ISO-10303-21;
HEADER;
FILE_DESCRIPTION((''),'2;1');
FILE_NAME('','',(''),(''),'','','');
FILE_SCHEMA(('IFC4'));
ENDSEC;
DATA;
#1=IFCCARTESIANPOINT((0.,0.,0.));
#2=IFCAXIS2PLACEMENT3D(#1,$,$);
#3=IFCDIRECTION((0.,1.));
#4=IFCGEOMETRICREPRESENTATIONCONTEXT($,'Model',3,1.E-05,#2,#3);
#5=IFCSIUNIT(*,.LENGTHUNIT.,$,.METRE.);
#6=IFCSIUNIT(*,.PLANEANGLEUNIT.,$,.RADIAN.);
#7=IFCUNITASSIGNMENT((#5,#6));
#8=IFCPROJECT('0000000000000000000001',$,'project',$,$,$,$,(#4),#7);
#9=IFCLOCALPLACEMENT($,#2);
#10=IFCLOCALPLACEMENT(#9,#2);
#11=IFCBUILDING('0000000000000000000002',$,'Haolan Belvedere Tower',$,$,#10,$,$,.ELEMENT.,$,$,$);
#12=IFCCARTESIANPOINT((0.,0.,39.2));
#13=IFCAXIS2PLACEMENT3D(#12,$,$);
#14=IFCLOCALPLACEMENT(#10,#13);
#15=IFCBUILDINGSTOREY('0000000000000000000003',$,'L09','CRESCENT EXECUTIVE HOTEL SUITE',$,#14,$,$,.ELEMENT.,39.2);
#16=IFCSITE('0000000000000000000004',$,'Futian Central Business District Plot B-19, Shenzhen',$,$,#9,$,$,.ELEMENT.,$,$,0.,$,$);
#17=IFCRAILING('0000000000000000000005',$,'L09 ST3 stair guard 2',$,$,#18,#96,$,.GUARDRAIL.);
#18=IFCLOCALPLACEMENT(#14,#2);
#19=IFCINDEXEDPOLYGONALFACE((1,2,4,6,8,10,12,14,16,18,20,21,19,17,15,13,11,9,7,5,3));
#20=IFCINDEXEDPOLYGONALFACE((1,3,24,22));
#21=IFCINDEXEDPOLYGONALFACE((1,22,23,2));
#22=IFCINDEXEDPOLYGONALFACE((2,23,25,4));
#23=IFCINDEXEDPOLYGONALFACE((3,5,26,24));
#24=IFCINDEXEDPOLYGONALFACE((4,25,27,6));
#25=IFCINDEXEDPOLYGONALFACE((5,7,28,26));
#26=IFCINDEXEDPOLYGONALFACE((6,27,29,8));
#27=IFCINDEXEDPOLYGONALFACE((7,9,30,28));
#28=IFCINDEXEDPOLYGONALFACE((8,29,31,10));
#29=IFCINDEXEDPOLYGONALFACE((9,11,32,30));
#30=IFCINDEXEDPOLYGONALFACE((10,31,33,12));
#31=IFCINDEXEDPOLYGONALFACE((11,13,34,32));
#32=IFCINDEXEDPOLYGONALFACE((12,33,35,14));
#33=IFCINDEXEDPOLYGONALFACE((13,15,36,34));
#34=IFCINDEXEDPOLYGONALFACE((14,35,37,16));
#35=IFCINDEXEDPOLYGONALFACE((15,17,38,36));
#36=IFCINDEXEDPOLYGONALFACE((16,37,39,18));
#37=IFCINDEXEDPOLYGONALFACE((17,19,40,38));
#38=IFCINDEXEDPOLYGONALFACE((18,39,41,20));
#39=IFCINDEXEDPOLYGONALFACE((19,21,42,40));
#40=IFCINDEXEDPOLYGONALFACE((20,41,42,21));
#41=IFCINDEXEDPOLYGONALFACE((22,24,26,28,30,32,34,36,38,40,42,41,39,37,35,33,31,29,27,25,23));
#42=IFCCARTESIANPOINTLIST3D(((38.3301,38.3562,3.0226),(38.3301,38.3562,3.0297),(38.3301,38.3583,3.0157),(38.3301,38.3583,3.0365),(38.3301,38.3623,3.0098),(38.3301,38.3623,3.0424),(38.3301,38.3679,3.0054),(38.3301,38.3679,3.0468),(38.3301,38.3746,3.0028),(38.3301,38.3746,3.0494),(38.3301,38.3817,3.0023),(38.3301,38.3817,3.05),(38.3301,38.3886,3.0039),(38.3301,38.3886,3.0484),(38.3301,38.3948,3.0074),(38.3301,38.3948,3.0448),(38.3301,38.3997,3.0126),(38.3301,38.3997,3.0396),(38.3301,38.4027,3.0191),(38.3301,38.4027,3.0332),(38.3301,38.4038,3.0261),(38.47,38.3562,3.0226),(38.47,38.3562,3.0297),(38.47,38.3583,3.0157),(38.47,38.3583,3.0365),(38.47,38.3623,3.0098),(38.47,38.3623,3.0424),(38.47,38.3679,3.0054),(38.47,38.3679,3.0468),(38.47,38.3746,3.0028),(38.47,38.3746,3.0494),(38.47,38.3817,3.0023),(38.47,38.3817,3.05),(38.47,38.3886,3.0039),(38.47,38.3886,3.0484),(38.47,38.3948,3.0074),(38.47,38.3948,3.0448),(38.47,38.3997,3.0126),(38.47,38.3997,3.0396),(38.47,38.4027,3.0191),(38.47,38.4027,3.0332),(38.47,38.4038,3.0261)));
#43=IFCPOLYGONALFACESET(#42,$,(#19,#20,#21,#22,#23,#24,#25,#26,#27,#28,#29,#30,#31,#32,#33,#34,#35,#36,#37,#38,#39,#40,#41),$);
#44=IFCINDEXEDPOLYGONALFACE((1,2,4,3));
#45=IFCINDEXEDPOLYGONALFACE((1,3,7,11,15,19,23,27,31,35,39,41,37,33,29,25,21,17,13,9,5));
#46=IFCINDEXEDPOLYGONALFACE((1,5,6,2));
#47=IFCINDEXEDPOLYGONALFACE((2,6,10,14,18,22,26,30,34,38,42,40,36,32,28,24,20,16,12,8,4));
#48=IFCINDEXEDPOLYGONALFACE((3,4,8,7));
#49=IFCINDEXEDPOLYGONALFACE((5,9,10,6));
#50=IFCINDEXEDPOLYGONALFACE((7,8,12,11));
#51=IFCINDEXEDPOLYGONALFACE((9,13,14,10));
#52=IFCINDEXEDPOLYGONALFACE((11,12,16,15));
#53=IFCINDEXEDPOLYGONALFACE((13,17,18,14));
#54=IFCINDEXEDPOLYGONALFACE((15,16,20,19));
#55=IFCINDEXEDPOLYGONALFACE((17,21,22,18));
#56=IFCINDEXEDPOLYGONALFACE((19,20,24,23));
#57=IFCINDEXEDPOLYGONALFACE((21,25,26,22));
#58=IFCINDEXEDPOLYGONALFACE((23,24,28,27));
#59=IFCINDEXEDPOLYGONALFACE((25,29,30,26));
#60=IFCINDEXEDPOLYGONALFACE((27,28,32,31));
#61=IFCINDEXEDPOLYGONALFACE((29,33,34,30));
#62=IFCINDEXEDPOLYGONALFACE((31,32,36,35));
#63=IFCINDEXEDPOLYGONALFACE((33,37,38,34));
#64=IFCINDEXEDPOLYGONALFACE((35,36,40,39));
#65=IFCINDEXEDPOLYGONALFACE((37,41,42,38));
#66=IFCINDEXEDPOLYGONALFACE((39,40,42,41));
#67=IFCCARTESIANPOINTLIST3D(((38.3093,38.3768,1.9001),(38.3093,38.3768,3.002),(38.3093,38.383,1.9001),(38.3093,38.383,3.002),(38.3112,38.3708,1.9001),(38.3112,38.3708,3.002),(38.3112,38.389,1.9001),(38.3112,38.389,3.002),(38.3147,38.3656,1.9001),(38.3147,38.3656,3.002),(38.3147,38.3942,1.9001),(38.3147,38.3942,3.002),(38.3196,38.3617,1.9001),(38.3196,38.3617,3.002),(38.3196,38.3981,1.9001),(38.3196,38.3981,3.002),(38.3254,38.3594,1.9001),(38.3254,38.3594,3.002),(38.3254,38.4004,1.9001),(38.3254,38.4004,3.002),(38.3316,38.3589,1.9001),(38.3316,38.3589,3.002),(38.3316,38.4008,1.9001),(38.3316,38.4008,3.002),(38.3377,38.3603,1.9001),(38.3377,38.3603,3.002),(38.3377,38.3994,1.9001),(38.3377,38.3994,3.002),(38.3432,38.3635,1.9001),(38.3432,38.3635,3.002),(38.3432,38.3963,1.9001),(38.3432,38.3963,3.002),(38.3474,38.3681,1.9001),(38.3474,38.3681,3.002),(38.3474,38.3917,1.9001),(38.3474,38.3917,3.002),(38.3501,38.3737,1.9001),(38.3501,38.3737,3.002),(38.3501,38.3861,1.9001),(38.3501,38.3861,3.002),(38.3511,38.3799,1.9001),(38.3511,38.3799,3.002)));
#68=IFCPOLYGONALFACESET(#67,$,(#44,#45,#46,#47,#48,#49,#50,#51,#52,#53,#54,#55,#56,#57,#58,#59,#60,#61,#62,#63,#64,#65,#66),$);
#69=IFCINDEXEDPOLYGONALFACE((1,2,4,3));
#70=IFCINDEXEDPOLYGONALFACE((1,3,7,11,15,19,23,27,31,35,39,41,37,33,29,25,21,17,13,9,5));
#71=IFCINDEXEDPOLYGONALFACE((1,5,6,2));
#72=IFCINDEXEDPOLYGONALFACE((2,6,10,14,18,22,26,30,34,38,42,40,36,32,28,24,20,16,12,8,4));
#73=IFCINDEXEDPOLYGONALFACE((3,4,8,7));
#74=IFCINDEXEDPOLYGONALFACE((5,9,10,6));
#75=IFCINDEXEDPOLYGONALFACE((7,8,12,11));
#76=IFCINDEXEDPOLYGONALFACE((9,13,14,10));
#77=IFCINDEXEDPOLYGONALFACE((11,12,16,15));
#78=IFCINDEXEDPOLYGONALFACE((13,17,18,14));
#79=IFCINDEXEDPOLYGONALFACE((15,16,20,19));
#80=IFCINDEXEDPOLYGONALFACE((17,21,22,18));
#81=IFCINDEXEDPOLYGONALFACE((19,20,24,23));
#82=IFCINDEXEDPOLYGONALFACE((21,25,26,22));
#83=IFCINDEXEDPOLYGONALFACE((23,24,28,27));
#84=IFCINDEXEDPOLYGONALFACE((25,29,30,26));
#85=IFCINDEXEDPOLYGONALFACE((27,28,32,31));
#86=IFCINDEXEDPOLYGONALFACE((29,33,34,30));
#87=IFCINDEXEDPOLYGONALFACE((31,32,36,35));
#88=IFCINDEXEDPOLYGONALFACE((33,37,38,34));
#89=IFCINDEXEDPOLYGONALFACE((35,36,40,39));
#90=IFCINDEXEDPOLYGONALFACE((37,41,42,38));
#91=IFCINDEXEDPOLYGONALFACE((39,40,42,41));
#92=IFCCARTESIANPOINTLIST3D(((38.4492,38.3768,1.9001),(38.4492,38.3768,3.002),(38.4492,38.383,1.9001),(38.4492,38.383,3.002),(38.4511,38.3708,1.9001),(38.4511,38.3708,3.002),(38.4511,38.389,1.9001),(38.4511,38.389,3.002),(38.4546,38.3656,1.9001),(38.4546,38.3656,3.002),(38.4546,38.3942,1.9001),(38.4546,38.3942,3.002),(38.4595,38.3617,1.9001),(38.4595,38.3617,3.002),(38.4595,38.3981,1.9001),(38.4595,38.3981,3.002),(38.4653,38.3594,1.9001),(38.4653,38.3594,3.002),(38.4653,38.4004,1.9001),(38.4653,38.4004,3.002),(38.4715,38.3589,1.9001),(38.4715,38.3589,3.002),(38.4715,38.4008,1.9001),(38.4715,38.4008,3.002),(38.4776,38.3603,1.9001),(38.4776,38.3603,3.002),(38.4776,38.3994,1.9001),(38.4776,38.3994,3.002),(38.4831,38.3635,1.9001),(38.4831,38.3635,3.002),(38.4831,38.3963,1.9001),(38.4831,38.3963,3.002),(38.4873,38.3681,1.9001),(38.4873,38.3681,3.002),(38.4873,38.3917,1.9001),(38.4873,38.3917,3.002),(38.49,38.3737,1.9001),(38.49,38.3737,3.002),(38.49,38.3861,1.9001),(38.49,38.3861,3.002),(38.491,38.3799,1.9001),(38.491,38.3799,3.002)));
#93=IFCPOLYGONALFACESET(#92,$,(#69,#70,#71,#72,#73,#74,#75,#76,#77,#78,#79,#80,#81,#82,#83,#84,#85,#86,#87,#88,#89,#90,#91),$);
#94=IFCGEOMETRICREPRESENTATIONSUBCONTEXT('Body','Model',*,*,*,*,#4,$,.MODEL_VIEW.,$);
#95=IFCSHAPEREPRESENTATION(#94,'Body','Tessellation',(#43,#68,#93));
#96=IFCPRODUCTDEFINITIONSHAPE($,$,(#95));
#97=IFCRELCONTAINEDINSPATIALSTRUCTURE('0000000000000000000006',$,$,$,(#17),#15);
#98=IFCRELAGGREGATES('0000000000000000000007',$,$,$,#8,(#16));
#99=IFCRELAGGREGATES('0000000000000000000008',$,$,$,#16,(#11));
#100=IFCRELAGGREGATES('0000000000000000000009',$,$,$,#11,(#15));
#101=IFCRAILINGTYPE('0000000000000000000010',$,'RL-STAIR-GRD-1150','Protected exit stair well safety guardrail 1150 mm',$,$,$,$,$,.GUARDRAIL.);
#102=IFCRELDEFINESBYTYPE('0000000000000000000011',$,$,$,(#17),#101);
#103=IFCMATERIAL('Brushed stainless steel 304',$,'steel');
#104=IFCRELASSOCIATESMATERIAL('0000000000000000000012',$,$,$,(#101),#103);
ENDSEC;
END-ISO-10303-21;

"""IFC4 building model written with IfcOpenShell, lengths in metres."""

from ifc_helpers import new_model, si_unit, direction, frame, origin, origin_2d, place, context, subcontext, project, spatial, circle, extrude, material, type_object, element, save


model = new_model("IFC4")

# Units and contexts
model_context = context("Model", 3, precision=1e-05, world=origin(), true_north=direction((0.0, 1.0)))
body_context = subcontext(model_context, "Body", "Model", "MODEL_VIEW")
ifc_project = project(units=[si_unit("LENGTHUNIT", "METRE"), si_unit("PLANEANGLEUNIT", "RADIAN")], contexts=[model_context])

# Site, building, storey
site_placement = place(None, origin())
site = spatial("IfcSite", under=ifc_project, at=site_placement, Name="Futian Central Business District Plot B-19, Shenzhen", CompositionType="ELEMENT", RefElevation=0.0)
building_placement = place(site_placement, origin())
building = spatial("IfcBuilding", under=site, at=building_placement, Name="Haolan Belvedere Tower", CompositionType="ELEMENT")
storey_placement = place(building_placement, frame((0.0, 0.0, 39.2)))
storey = spatial("IfcBuildingStorey", under=building, at=storey_placement, Name="L09", Description="CRESCENT EXECUTIVE HOTEL SUITE", CompositionType="ELEMENT", Elevation=39.2)

# Railing
ifc_material_1 = material(Name="Brushed stainless steel 304", Category="steel")
railing_type_1 = type_object("IfcRailingType", Name="RL-STAIR-GRD-1150", Description="Protected exit stair well safety guardrail 1150 mm", PredefinedType="GUARDRAIL", material=ifc_material_1)
railing_1_placement = place(storey_placement, frame((38.3301, 38.3799, 1.9001)))
element("IfcRailing", 1, at=railing_1_placement, inside=storey, type_object=railing_type_1, Name="L09 ST3 stair guard 2", PredefinedType="GUARDRAIL", context=body_context, shape_type="SweptSolid", body=[
    extrude(circle(Radius=0.0239, at=origin_2d()), frame((0.0, 0.0, 1.126), z_axis=(1.0, 0.0, 0.0), x_axis=(0.0, 1.0, 0.0)), (0.0, 0.0, 1.0), 0.1399),
    extrude(circle(Radius=0.021, at=origin_2d()), origin(), (0.0, 0.0, 1.0), 1.1018),
    extrude(circle(Radius=0.021, at=origin_2d()), frame((0.1399, 0.0, 0.0)), (0.0, 0.0, 1.0), 1.1018),
])

save(model, "model.ifc")
